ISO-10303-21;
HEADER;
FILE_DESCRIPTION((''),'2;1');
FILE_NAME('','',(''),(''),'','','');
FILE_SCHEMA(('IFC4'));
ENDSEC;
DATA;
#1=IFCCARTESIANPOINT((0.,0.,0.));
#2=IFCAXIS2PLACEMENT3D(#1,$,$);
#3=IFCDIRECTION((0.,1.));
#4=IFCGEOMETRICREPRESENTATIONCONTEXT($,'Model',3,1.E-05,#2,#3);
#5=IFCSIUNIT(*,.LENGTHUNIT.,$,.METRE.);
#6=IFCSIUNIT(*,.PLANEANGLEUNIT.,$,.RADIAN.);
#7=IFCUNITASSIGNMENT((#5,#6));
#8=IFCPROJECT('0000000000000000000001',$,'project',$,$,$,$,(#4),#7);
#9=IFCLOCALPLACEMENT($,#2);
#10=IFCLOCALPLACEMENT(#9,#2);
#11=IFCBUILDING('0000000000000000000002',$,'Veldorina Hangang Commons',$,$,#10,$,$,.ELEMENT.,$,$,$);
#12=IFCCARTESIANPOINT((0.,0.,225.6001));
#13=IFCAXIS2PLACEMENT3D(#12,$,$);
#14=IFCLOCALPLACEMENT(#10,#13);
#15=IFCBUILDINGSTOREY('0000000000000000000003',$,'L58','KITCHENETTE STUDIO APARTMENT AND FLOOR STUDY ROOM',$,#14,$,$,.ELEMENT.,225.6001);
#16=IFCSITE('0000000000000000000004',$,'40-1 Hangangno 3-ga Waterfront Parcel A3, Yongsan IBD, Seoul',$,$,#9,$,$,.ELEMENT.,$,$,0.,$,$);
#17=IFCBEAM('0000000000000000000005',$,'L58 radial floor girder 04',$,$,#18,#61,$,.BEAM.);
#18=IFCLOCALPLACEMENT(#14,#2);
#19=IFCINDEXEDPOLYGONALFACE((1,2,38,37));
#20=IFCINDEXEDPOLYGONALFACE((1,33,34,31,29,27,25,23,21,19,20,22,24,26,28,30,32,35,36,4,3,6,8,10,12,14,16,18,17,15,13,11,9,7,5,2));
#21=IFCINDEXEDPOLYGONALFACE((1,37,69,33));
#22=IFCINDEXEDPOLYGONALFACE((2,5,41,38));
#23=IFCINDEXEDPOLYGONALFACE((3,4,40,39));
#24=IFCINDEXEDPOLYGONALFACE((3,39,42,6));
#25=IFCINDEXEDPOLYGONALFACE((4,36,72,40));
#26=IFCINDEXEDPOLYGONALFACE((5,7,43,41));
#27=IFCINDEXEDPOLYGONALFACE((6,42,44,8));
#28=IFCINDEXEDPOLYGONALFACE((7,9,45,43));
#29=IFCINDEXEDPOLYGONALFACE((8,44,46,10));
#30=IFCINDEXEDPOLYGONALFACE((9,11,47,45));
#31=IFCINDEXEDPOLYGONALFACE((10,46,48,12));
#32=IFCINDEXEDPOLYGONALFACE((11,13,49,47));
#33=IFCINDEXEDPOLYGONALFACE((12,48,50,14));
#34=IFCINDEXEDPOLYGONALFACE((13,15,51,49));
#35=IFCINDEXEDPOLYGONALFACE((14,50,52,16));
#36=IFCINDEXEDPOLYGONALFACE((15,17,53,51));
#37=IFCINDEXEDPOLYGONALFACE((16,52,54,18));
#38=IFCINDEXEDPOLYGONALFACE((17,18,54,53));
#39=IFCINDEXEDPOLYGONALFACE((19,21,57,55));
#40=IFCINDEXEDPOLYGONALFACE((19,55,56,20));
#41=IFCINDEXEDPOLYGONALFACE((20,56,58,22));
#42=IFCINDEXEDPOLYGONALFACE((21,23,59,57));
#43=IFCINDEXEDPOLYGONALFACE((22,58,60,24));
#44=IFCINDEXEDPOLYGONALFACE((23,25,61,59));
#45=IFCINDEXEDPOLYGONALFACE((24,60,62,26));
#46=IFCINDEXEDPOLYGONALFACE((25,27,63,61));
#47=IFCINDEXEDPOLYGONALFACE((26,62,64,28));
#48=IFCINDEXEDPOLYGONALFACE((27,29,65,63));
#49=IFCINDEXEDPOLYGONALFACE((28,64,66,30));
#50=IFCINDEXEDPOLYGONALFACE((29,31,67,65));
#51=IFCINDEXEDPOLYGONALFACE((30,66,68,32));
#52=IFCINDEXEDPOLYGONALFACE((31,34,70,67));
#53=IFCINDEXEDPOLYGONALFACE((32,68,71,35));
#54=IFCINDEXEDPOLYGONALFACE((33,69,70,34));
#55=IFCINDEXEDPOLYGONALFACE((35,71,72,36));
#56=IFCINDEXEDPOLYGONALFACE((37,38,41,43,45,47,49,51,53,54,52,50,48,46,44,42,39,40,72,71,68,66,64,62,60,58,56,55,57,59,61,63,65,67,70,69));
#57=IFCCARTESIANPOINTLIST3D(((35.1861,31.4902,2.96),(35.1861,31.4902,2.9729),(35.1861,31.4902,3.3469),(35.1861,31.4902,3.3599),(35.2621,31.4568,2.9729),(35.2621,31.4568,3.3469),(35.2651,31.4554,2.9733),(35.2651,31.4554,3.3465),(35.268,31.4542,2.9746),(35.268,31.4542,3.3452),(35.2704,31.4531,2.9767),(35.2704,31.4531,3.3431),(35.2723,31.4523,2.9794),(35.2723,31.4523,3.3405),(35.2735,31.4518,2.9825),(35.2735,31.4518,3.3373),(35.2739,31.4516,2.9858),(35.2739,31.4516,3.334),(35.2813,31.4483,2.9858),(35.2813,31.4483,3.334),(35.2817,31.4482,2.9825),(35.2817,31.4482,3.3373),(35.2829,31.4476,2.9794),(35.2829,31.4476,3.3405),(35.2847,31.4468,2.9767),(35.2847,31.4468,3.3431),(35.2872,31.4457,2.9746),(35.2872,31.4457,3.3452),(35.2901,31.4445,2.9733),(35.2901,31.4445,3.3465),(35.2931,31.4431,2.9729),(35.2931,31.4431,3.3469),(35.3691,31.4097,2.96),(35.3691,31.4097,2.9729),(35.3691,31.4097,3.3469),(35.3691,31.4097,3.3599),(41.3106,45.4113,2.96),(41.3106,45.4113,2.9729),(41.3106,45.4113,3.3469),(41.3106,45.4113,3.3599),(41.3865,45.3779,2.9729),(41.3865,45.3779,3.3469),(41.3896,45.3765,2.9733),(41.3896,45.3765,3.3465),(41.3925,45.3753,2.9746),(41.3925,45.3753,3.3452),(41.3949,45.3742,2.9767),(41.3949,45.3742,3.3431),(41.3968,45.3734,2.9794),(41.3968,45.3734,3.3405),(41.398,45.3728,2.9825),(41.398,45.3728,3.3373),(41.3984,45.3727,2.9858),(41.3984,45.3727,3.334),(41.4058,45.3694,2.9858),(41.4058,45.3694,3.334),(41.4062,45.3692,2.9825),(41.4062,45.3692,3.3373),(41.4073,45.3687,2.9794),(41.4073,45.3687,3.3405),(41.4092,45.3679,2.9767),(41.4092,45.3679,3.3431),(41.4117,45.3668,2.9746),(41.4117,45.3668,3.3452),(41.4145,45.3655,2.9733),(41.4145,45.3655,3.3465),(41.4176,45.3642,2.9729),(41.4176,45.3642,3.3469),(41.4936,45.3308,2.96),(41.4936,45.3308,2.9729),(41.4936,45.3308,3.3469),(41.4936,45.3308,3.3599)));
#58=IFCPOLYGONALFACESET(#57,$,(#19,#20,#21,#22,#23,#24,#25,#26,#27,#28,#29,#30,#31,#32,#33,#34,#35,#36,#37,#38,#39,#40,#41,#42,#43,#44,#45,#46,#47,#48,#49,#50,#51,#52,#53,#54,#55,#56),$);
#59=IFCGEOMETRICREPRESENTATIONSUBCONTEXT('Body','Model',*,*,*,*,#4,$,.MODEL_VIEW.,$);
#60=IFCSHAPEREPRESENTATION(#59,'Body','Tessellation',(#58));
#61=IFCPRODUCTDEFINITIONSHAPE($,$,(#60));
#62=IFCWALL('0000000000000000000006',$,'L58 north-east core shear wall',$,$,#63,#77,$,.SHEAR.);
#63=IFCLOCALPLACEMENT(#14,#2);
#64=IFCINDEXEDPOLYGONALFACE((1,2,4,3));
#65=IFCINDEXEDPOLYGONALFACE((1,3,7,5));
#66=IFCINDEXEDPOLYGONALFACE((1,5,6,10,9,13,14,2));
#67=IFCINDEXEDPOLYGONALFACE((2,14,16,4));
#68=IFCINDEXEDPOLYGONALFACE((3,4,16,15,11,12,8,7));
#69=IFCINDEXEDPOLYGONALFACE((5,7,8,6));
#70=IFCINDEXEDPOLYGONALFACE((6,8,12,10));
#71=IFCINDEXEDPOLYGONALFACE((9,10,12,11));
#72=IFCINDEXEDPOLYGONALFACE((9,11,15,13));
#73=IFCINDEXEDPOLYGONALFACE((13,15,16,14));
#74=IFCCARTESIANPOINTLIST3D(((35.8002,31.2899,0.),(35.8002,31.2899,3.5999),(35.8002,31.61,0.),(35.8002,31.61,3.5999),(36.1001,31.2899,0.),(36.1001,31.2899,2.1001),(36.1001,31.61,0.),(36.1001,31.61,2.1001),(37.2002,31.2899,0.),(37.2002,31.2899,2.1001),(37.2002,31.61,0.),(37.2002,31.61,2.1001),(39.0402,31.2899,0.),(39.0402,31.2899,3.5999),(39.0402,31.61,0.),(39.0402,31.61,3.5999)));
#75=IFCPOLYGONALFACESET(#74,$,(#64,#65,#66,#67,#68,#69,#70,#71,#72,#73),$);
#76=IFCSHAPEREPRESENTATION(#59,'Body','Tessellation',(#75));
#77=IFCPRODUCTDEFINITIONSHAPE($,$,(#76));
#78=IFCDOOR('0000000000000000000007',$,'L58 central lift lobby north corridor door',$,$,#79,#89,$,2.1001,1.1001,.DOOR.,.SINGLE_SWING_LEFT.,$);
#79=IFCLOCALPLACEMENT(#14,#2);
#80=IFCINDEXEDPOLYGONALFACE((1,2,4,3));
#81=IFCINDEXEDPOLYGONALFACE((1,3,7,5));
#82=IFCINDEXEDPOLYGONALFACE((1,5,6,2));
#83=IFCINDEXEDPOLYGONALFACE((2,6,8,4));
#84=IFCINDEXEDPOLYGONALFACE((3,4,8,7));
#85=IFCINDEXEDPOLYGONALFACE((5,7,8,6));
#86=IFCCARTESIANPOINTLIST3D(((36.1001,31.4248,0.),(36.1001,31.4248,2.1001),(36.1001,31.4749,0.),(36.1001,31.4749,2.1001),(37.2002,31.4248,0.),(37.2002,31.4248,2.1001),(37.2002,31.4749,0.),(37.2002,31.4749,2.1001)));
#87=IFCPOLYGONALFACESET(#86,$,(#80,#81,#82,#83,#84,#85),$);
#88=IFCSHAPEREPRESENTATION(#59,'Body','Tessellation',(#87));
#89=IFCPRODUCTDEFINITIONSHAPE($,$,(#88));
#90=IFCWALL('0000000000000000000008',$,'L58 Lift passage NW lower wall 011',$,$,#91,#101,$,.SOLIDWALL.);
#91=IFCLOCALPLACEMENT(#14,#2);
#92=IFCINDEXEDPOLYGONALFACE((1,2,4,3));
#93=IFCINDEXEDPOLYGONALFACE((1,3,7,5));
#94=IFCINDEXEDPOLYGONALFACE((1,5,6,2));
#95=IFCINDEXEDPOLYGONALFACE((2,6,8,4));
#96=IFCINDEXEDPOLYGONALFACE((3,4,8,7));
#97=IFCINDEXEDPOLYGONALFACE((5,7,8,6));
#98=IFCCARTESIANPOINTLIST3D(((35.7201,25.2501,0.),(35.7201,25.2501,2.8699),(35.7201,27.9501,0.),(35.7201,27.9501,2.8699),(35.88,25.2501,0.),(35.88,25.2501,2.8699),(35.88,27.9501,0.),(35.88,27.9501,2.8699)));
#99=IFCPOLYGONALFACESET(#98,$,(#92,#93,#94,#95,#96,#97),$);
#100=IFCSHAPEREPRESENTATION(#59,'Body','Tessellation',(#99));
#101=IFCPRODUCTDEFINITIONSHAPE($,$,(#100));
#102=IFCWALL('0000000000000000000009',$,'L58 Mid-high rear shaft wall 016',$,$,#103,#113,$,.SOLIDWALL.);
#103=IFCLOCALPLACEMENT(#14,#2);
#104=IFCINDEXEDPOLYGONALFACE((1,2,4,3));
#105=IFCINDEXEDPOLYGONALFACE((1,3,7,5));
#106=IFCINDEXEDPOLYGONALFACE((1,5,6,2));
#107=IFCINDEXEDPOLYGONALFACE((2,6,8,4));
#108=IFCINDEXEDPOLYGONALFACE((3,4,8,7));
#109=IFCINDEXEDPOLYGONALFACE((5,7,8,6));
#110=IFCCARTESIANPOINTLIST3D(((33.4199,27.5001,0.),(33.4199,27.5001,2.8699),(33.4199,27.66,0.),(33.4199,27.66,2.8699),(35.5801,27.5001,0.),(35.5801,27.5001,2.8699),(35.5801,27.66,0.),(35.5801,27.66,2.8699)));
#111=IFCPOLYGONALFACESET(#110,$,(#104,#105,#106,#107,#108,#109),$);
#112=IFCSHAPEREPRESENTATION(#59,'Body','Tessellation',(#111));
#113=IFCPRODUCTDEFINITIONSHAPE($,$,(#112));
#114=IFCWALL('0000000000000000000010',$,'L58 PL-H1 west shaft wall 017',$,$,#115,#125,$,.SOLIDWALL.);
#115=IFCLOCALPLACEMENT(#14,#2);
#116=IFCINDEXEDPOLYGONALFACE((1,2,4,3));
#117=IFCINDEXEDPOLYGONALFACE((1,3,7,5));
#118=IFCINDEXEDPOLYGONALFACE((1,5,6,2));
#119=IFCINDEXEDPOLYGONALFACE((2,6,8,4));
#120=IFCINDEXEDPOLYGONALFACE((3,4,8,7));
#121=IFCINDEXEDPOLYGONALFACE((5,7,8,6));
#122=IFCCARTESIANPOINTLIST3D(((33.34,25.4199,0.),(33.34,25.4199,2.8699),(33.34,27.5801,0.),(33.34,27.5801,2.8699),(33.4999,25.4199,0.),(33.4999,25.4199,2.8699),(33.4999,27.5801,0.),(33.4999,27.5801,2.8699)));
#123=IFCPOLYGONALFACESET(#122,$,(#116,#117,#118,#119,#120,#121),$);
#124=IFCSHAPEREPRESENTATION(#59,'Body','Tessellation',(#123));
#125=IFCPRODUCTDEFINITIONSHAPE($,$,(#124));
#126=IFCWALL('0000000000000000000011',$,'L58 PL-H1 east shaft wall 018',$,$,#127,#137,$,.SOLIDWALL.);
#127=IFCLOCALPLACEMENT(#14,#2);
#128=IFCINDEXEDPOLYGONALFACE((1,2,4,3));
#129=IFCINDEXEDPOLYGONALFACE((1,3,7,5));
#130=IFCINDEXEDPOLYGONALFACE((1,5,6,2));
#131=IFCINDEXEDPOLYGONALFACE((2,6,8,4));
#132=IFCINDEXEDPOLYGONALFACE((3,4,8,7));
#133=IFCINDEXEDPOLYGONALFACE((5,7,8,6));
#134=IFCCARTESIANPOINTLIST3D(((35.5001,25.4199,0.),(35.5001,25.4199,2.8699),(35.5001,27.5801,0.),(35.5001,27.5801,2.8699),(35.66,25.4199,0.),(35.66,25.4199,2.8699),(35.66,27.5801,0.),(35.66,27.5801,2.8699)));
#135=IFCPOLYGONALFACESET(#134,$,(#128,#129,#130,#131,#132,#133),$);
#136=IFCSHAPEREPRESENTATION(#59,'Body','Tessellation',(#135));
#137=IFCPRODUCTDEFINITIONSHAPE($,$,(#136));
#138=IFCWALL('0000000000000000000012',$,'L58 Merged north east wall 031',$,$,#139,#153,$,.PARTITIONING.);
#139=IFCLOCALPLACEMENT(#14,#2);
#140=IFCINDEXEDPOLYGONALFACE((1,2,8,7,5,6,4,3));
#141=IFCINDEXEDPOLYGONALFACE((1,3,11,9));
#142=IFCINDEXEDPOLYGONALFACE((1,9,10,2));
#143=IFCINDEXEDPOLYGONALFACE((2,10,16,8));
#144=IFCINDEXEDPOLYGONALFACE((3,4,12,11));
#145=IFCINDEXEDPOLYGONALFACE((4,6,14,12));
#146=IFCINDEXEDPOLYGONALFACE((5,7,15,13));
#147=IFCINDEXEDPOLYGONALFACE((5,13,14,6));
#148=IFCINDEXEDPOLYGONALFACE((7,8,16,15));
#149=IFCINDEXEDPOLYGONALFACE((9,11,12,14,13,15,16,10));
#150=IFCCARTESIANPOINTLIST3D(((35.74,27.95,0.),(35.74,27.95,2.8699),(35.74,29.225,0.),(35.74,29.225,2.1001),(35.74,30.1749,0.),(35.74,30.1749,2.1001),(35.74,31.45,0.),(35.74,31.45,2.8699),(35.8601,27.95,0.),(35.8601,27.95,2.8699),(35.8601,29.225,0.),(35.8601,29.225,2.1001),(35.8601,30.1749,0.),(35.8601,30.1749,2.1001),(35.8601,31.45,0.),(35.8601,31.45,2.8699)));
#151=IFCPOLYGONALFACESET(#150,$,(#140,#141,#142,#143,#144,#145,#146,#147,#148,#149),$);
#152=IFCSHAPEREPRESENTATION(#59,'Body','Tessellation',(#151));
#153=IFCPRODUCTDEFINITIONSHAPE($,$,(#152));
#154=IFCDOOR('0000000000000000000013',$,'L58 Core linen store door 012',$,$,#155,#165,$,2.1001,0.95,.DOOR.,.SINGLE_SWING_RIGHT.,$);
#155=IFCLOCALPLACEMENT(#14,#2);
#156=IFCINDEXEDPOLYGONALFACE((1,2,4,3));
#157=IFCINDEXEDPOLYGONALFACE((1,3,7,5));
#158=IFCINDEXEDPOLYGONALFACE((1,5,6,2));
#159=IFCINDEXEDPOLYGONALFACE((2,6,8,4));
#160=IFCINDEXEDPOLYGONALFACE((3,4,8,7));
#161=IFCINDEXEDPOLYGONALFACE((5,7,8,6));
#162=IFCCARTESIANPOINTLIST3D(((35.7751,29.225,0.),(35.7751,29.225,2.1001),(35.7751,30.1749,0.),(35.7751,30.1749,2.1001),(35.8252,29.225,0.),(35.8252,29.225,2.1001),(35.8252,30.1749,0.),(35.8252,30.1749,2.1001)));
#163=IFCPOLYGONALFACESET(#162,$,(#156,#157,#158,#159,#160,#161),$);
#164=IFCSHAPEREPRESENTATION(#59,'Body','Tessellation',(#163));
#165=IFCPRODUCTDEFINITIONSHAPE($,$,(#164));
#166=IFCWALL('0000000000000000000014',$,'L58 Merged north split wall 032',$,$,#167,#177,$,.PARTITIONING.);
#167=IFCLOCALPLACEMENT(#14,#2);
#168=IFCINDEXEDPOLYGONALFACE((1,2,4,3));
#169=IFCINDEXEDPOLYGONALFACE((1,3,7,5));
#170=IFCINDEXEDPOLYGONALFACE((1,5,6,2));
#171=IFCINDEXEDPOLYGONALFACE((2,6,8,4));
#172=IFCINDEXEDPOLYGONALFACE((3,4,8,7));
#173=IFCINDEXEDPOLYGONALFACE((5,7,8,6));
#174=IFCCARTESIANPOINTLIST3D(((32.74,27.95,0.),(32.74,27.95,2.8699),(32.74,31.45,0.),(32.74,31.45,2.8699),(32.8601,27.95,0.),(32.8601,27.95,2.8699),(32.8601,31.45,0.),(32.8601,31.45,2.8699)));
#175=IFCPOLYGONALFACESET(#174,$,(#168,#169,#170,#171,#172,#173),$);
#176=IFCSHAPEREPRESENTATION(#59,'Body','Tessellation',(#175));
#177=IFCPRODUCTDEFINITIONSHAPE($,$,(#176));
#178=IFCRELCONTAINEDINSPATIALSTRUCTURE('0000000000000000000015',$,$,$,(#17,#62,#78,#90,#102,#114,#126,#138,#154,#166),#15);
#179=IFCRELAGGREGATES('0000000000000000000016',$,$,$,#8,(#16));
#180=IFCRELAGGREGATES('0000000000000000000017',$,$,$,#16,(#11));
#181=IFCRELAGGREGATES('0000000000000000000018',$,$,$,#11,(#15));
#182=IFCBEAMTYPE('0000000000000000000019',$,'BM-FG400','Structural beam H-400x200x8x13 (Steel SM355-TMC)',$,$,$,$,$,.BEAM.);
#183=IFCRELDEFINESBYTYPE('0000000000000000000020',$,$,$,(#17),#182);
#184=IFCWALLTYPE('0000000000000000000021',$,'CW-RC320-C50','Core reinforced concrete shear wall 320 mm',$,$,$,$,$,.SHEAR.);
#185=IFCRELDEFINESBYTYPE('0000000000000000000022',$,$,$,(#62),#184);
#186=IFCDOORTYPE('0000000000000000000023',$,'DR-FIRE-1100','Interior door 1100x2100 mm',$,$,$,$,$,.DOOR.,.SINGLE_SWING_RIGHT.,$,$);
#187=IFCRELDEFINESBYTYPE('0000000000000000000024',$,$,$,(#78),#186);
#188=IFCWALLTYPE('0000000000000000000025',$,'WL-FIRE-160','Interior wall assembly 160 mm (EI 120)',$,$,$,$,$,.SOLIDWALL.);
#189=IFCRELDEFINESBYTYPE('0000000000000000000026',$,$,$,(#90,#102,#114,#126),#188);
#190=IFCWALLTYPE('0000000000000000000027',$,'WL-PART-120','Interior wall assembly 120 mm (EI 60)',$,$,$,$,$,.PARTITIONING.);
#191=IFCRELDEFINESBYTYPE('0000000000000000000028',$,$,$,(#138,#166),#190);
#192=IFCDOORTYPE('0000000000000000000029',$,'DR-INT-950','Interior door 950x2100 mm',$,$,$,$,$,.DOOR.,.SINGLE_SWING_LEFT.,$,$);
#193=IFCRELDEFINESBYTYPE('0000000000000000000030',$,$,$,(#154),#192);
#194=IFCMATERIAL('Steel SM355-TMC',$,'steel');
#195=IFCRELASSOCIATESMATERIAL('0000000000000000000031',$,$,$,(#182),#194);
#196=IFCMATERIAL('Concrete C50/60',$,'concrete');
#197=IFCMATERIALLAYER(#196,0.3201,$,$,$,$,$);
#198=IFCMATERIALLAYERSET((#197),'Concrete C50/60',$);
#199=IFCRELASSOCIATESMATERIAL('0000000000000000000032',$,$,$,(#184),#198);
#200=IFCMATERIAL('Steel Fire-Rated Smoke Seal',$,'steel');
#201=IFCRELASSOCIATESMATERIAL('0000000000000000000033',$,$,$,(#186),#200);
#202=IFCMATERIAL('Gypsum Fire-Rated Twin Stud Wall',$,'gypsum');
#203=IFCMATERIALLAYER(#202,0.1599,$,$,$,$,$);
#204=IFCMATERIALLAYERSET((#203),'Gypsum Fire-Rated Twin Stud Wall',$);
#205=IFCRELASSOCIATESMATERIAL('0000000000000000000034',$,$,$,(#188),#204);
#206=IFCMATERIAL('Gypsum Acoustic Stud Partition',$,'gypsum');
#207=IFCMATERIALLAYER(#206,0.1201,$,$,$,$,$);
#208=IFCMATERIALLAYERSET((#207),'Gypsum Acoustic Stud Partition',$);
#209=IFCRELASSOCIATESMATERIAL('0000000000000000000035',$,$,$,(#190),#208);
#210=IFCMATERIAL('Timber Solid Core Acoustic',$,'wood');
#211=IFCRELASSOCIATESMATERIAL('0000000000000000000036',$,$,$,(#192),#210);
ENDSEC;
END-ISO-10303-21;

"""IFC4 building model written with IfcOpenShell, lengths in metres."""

from ifc_helpers import new_model, si_unit, direction, frame, frame_2d, origin, origin_2d, place, context, subcontext, project, spatial, rectangle, i_section, extrude, material, layer, layer_set, material_profile, profile_set, type_object, element, fill, save


model = new_model("IFC4")

# Units and contexts
model_context = context("Model", 3, precision=1e-05, world=origin(), true_north=direction((0.0, 1.0)))
body_context = subcontext(model_context, "Body", "Model", "MODEL_VIEW")
ifc_project = project(units=[si_unit("LENGTHUNIT", "METRE"), si_unit("PLANEANGLEUNIT", "RADIAN")], contexts=[model_context])

# Site, building, storey
site_placement = place(None, origin())
site = spatial("IfcSite", under=ifc_project, at=site_placement, Name="40-1 Hangangno 3-ga Waterfront Parcel A3, Yongsan IBD, Seoul", CompositionType="ELEMENT", RefElevation=0.0)
building_placement = place(site_placement, origin())
building = spatial("IfcBuilding", under=site, at=building_placement, Name="Veldorina Hangang Commons", CompositionType="ELEMENT")
storey_placement = place(building_placement, frame((0.0, 0.0, 225.6001)))
storey = spatial("IfcBuildingStorey", under=building, at=storey_placement, Name="L58", Description="KITCHENETTE STUDIO APARTMENT AND FLOOR STUDY ROOM", CompositionType="ELEMENT", Elevation=225.6001)

# Beam
ifc_material_1 = material(Name="Steel SM355-TMC", Category="steel")
ifc_material_profile = material_profile(ifc_material_1, i_section(OverallWidth=0.2, OverallDepth=0.3999, WebThickness=0.0081, FlangeThickness=0.0129, FilletRadius=0.0129, at=origin_2d()), Name="H-400x200x8x13")
ifc_profile_set = profile_set([ifc_material_profile], Name="Steel SM355-TMC")
beam_type = type_object("IfcBeamType", Name="BM-FG400", Description="Structural beam H-400x200x8x13 (Steel SM355-TMC)", PredefinedType="BEAM", material=ifc_profile_set)
beam_placement = place(storey_placement, frame((35.2776, 31.45, 3.1599), z_axis=(0.402695, 0.915334, 0.0), x_axis=(-0.915334, 0.402695, 0.0)))
element("IfcBeam", 1, at=beam_placement, inside=storey, type_object=beam_type, Name="L58 radial floor girder 04", PredefinedType="BEAM", context=body_context, shape_type="SweptSolid", body=[
    extrude(i_section(OverallWidth=0.2, OverallDepth=0.3999, WebThickness=0.0081, FlangeThickness=0.0129, FilletRadius=0.0129, at=origin_2d()), origin(), (0.0, 0.0, 1.0), 15.2087),
])

# Wall, opening, door
ifc_material_2 = material(Name="Concrete C50/60", Category="concrete")
ifc_layer_1 = layer(ifc_material_2, 0.3201)
ifc_layer_set_1 = layer_set([ifc_layer_1], Name="Concrete C50/60")
wall_type_1 = type_object("IfcWallType", Name="CW-RC320-C50", Description="Core reinforced concrete shear wall 320 mm", PredefinedType="SHEAR", material=ifc_layer_set_1)
wall_1_placement = place(storey_placement, frame((35.8, 31.45, 0.0), z_axis=(0.0, 0.0, 1.0), x_axis=(1.0, 0.0, 0.0)))
wall_1 = element("IfcWall", 2, at=wall_1_placement, inside=storey, type_object=wall_type_1, Name="L58 north-east core shear wall", PredefinedType="SHEAR", context=body_context, shape_type="SweptSolid", body=[
    extrude(rectangle(XDim=3.24, YDim=0.3201, at=frame_2d((1.6201, 0.0))), origin(), (0.0, 0.0, 1.0), 3.5999),
])
opening_1_placement = place(wall_1_placement, frame((0.3, 0.0, 0.0)))
opening_1 = element("IfcOpeningElement", 3, at=opening_1_placement, cuts=wall_1, PredefinedType="OPENING", context=body_context, shape_type="SweptSolid", body=[
    extrude(rectangle(XDim=1.1001, YDim=2.1001, at=frame_2d((0.55, 1.05))), frame((0.0, 0.1699, 0.0), z_axis=(0.0, -1.0, 0.0), x_axis=(1.0, 0.0, 0.0)), (0.0, 0.0, 1.0), 0.3401),
])
ifc_material_3 = material(Name="Steel Fire-Rated Smoke Seal", Category="steel")
door_type_1 = type_object("IfcDoorType", Name="DR-FIRE-1100", Description="Interior door 1100x2100 mm", OperationType="SINGLE_SWING_RIGHT", PredefinedType="DOOR", material=ifc_material_3)
door_1_placement = place(opening_1_placement, origin())
door_1 = element("IfcDoor", 4, at=door_1_placement, inside=storey, type_object=door_type_1, Name="L58 central lift lobby north corridor door", OperationType="SINGLE_SWING_LEFT", OverallHeight=2.1001, OverallWidth=1.1001, PredefinedType="DOOR", context=body_context, shape_type="SweptSolid", body=[
    extrude(rectangle(XDim=1.1001, YDim=2.1001, at=frame_2d((0.55, 1.05))), frame((0.0, 0.0249, 0.0), z_axis=(0.0, -1.0, 0.0), x_axis=(1.0, 0.0, 0.0)), (0.0, 0.0, 1.0), 0.05),
])
fill(opening_1, door_1)

# Wall
ifc_material_4 = material(Name="Gypsum Fire-Rated Twin Stud Wall", Category="gypsum")
ifc_layer_2 = layer(ifc_material_4, 0.1599)
ifc_layer_set_2 = layer_set([ifc_layer_2], Name="Gypsum Fire-Rated Twin Stud Wall")
wall_type_2 = type_object("IfcWallType", Name="WL-FIRE-160", Description="Interior wall assembly 160 mm (EI 120)", PredefinedType="SOLIDWALL", material=ifc_layer_set_2)
wall_2_placement = place(storey_placement, frame((35.8, 25.25, 0.0), z_axis=(0.0, 0.0, 1.0), x_axis=(0.0, 1.0, 0.0)))
element("IfcWall", 5, at=wall_2_placement, inside=storey, type_object=wall_type_2, Name="L58 Lift passage NW lower wall 011", PredefinedType="SOLIDWALL", context=body_context, shape_type="SweptSolid", body=[
    extrude(rectangle(XDim=2.7, YDim=0.1599, at=frame_2d((1.3501, 0.0))), origin(), (0.0, 0.0, 1.0), 2.8699),
])

# Walls
for number, where, z_axis, x_axis, name in (
    (6, (33.4199, 27.5801, 0.0), (0.0, 0.0, 1.0), (1.0, 0.0, 0.0), "L58 Mid-high rear shaft wall 016"),
    (7, (33.4199, 25.4199, 0.0), (0.0, 0.0, 1.0), (0.0, 1.0, 0.0), "L58 PL-H1 west shaft wall 017"),
    (8, (35.5801, 25.4199, 0.0), (0.0, 0.0, 1.0), (0.0, 1.0, 0.0), "L58 PL-H1 east shaft wall 018"),
):
    element("IfcWall", number, at=place(storey_placement, frame(where, z_axis=z_axis, x_axis=x_axis)), inside=storey, type_object=wall_type_2, Name=name, PredefinedType="SOLIDWALL", context=body_context, shape_type="SweptSolid", body=[
        extrude(rectangle(XDim=2.1602, YDim=0.1599, at=frame_2d((1.0801, 0.0))), origin(), (0.0, 0.0, 1.0), 2.8699),
    ])

# Wall, opening, door
ifc_material_5 = material(Name="Gypsum Acoustic Stud Partition", Category="gypsum")
ifc_layer_3 = layer(ifc_material_5, 0.1201)
ifc_layer_set_3 = layer_set([ifc_layer_3], Name="Gypsum Acoustic Stud Partition")
wall_type_3 = type_object("IfcWallType", Name="WL-PART-120", Description="Interior wall assembly 120 mm (EI 60)", PredefinedType="PARTITIONING", material=ifc_layer_set_3)
wall_3_placement = place(storey_placement, frame((35.8, 27.95, 0.0), z_axis=(0.0, 0.0, 1.0), x_axis=(0.0, 1.0, 0.0)))
wall_3 = element("IfcWall", 9, at=wall_3_placement, inside=storey, type_object=wall_type_3, Name="L58 Merged north east wall 031", PredefinedType="PARTITIONING", context=body_context, shape_type="SweptSolid", body=[
    extrude(rectangle(XDim=3.5, YDim=0.1201, at=frame_2d((1.75, 0.0))), origin(), (0.0, 0.0, 1.0), 2.8699),
])
opening_2_placement = place(wall_3_placement, frame((1.2749, 0.0, 0.0)))
opening_2 = element("IfcOpeningElement", 10, at=opening_2_placement, cuts=wall_3, PredefinedType="OPENING", context=body_context, shape_type="SweptSolid", body=[
    extrude(rectangle(XDim=0.95, YDim=2.1001, at=frame_2d((0.4751, 1.05))), frame((0.0, 0.0701, 0.0), z_axis=(0.0, -1.0, 0.0), x_axis=(1.0, 0.0, 0.0)), (0.0, 0.0, 1.0), 0.1401),
])
ifc_material_6 = material(Name="Timber Solid Core Acoustic", Category="wood")
door_type_2 = type_object("IfcDoorType", Name="DR-INT-950", Description="Interior door 950x2100 mm", OperationType="SINGLE_SWING_LEFT", PredefinedType="DOOR", material=ifc_material_6)
door_2_placement = place(opening_2_placement, origin())
door_2 = element("IfcDoor", 11, at=door_2_placement, inside=storey, type_object=door_type_2, Name="L58 Core linen store door 012", OperationType="SINGLE_SWING_RIGHT", OverallHeight=2.1001, OverallWidth=0.95, PredefinedType="DOOR", context=body_context, shape_type="SweptSolid", body=[
    extrude(rectangle(XDim=0.95, YDim=2.1001, at=frame_2d((0.4751, 1.05))), frame((0.0, 0.0249, 0.0), z_axis=(0.0, -1.0, 0.0), x_axis=(1.0, 0.0, 0.0)), (0.0, 0.0, 1.0), 0.05),
])
fill(opening_2, door_2)

# Wall
wall_4_placement = place(storey_placement, frame((32.8, 27.95, 0.0), z_axis=(0.0, 0.0, 1.0), x_axis=(0.0, 1.0, 0.0)))
element("IfcWall", 12, at=wall_4_placement, inside=storey, type_object=wall_type_3, Name="L58 Merged north split wall 032", PredefinedType="PARTITIONING", context=body_context, shape_type="SweptSolid", body=[
    extrude(rectangle(XDim=3.5, YDim=0.1201, at=frame_2d((1.75, 0.0))), origin(), (0.0, 0.0, 1.0), 2.8699),
])

save(model, "model.ifc")
